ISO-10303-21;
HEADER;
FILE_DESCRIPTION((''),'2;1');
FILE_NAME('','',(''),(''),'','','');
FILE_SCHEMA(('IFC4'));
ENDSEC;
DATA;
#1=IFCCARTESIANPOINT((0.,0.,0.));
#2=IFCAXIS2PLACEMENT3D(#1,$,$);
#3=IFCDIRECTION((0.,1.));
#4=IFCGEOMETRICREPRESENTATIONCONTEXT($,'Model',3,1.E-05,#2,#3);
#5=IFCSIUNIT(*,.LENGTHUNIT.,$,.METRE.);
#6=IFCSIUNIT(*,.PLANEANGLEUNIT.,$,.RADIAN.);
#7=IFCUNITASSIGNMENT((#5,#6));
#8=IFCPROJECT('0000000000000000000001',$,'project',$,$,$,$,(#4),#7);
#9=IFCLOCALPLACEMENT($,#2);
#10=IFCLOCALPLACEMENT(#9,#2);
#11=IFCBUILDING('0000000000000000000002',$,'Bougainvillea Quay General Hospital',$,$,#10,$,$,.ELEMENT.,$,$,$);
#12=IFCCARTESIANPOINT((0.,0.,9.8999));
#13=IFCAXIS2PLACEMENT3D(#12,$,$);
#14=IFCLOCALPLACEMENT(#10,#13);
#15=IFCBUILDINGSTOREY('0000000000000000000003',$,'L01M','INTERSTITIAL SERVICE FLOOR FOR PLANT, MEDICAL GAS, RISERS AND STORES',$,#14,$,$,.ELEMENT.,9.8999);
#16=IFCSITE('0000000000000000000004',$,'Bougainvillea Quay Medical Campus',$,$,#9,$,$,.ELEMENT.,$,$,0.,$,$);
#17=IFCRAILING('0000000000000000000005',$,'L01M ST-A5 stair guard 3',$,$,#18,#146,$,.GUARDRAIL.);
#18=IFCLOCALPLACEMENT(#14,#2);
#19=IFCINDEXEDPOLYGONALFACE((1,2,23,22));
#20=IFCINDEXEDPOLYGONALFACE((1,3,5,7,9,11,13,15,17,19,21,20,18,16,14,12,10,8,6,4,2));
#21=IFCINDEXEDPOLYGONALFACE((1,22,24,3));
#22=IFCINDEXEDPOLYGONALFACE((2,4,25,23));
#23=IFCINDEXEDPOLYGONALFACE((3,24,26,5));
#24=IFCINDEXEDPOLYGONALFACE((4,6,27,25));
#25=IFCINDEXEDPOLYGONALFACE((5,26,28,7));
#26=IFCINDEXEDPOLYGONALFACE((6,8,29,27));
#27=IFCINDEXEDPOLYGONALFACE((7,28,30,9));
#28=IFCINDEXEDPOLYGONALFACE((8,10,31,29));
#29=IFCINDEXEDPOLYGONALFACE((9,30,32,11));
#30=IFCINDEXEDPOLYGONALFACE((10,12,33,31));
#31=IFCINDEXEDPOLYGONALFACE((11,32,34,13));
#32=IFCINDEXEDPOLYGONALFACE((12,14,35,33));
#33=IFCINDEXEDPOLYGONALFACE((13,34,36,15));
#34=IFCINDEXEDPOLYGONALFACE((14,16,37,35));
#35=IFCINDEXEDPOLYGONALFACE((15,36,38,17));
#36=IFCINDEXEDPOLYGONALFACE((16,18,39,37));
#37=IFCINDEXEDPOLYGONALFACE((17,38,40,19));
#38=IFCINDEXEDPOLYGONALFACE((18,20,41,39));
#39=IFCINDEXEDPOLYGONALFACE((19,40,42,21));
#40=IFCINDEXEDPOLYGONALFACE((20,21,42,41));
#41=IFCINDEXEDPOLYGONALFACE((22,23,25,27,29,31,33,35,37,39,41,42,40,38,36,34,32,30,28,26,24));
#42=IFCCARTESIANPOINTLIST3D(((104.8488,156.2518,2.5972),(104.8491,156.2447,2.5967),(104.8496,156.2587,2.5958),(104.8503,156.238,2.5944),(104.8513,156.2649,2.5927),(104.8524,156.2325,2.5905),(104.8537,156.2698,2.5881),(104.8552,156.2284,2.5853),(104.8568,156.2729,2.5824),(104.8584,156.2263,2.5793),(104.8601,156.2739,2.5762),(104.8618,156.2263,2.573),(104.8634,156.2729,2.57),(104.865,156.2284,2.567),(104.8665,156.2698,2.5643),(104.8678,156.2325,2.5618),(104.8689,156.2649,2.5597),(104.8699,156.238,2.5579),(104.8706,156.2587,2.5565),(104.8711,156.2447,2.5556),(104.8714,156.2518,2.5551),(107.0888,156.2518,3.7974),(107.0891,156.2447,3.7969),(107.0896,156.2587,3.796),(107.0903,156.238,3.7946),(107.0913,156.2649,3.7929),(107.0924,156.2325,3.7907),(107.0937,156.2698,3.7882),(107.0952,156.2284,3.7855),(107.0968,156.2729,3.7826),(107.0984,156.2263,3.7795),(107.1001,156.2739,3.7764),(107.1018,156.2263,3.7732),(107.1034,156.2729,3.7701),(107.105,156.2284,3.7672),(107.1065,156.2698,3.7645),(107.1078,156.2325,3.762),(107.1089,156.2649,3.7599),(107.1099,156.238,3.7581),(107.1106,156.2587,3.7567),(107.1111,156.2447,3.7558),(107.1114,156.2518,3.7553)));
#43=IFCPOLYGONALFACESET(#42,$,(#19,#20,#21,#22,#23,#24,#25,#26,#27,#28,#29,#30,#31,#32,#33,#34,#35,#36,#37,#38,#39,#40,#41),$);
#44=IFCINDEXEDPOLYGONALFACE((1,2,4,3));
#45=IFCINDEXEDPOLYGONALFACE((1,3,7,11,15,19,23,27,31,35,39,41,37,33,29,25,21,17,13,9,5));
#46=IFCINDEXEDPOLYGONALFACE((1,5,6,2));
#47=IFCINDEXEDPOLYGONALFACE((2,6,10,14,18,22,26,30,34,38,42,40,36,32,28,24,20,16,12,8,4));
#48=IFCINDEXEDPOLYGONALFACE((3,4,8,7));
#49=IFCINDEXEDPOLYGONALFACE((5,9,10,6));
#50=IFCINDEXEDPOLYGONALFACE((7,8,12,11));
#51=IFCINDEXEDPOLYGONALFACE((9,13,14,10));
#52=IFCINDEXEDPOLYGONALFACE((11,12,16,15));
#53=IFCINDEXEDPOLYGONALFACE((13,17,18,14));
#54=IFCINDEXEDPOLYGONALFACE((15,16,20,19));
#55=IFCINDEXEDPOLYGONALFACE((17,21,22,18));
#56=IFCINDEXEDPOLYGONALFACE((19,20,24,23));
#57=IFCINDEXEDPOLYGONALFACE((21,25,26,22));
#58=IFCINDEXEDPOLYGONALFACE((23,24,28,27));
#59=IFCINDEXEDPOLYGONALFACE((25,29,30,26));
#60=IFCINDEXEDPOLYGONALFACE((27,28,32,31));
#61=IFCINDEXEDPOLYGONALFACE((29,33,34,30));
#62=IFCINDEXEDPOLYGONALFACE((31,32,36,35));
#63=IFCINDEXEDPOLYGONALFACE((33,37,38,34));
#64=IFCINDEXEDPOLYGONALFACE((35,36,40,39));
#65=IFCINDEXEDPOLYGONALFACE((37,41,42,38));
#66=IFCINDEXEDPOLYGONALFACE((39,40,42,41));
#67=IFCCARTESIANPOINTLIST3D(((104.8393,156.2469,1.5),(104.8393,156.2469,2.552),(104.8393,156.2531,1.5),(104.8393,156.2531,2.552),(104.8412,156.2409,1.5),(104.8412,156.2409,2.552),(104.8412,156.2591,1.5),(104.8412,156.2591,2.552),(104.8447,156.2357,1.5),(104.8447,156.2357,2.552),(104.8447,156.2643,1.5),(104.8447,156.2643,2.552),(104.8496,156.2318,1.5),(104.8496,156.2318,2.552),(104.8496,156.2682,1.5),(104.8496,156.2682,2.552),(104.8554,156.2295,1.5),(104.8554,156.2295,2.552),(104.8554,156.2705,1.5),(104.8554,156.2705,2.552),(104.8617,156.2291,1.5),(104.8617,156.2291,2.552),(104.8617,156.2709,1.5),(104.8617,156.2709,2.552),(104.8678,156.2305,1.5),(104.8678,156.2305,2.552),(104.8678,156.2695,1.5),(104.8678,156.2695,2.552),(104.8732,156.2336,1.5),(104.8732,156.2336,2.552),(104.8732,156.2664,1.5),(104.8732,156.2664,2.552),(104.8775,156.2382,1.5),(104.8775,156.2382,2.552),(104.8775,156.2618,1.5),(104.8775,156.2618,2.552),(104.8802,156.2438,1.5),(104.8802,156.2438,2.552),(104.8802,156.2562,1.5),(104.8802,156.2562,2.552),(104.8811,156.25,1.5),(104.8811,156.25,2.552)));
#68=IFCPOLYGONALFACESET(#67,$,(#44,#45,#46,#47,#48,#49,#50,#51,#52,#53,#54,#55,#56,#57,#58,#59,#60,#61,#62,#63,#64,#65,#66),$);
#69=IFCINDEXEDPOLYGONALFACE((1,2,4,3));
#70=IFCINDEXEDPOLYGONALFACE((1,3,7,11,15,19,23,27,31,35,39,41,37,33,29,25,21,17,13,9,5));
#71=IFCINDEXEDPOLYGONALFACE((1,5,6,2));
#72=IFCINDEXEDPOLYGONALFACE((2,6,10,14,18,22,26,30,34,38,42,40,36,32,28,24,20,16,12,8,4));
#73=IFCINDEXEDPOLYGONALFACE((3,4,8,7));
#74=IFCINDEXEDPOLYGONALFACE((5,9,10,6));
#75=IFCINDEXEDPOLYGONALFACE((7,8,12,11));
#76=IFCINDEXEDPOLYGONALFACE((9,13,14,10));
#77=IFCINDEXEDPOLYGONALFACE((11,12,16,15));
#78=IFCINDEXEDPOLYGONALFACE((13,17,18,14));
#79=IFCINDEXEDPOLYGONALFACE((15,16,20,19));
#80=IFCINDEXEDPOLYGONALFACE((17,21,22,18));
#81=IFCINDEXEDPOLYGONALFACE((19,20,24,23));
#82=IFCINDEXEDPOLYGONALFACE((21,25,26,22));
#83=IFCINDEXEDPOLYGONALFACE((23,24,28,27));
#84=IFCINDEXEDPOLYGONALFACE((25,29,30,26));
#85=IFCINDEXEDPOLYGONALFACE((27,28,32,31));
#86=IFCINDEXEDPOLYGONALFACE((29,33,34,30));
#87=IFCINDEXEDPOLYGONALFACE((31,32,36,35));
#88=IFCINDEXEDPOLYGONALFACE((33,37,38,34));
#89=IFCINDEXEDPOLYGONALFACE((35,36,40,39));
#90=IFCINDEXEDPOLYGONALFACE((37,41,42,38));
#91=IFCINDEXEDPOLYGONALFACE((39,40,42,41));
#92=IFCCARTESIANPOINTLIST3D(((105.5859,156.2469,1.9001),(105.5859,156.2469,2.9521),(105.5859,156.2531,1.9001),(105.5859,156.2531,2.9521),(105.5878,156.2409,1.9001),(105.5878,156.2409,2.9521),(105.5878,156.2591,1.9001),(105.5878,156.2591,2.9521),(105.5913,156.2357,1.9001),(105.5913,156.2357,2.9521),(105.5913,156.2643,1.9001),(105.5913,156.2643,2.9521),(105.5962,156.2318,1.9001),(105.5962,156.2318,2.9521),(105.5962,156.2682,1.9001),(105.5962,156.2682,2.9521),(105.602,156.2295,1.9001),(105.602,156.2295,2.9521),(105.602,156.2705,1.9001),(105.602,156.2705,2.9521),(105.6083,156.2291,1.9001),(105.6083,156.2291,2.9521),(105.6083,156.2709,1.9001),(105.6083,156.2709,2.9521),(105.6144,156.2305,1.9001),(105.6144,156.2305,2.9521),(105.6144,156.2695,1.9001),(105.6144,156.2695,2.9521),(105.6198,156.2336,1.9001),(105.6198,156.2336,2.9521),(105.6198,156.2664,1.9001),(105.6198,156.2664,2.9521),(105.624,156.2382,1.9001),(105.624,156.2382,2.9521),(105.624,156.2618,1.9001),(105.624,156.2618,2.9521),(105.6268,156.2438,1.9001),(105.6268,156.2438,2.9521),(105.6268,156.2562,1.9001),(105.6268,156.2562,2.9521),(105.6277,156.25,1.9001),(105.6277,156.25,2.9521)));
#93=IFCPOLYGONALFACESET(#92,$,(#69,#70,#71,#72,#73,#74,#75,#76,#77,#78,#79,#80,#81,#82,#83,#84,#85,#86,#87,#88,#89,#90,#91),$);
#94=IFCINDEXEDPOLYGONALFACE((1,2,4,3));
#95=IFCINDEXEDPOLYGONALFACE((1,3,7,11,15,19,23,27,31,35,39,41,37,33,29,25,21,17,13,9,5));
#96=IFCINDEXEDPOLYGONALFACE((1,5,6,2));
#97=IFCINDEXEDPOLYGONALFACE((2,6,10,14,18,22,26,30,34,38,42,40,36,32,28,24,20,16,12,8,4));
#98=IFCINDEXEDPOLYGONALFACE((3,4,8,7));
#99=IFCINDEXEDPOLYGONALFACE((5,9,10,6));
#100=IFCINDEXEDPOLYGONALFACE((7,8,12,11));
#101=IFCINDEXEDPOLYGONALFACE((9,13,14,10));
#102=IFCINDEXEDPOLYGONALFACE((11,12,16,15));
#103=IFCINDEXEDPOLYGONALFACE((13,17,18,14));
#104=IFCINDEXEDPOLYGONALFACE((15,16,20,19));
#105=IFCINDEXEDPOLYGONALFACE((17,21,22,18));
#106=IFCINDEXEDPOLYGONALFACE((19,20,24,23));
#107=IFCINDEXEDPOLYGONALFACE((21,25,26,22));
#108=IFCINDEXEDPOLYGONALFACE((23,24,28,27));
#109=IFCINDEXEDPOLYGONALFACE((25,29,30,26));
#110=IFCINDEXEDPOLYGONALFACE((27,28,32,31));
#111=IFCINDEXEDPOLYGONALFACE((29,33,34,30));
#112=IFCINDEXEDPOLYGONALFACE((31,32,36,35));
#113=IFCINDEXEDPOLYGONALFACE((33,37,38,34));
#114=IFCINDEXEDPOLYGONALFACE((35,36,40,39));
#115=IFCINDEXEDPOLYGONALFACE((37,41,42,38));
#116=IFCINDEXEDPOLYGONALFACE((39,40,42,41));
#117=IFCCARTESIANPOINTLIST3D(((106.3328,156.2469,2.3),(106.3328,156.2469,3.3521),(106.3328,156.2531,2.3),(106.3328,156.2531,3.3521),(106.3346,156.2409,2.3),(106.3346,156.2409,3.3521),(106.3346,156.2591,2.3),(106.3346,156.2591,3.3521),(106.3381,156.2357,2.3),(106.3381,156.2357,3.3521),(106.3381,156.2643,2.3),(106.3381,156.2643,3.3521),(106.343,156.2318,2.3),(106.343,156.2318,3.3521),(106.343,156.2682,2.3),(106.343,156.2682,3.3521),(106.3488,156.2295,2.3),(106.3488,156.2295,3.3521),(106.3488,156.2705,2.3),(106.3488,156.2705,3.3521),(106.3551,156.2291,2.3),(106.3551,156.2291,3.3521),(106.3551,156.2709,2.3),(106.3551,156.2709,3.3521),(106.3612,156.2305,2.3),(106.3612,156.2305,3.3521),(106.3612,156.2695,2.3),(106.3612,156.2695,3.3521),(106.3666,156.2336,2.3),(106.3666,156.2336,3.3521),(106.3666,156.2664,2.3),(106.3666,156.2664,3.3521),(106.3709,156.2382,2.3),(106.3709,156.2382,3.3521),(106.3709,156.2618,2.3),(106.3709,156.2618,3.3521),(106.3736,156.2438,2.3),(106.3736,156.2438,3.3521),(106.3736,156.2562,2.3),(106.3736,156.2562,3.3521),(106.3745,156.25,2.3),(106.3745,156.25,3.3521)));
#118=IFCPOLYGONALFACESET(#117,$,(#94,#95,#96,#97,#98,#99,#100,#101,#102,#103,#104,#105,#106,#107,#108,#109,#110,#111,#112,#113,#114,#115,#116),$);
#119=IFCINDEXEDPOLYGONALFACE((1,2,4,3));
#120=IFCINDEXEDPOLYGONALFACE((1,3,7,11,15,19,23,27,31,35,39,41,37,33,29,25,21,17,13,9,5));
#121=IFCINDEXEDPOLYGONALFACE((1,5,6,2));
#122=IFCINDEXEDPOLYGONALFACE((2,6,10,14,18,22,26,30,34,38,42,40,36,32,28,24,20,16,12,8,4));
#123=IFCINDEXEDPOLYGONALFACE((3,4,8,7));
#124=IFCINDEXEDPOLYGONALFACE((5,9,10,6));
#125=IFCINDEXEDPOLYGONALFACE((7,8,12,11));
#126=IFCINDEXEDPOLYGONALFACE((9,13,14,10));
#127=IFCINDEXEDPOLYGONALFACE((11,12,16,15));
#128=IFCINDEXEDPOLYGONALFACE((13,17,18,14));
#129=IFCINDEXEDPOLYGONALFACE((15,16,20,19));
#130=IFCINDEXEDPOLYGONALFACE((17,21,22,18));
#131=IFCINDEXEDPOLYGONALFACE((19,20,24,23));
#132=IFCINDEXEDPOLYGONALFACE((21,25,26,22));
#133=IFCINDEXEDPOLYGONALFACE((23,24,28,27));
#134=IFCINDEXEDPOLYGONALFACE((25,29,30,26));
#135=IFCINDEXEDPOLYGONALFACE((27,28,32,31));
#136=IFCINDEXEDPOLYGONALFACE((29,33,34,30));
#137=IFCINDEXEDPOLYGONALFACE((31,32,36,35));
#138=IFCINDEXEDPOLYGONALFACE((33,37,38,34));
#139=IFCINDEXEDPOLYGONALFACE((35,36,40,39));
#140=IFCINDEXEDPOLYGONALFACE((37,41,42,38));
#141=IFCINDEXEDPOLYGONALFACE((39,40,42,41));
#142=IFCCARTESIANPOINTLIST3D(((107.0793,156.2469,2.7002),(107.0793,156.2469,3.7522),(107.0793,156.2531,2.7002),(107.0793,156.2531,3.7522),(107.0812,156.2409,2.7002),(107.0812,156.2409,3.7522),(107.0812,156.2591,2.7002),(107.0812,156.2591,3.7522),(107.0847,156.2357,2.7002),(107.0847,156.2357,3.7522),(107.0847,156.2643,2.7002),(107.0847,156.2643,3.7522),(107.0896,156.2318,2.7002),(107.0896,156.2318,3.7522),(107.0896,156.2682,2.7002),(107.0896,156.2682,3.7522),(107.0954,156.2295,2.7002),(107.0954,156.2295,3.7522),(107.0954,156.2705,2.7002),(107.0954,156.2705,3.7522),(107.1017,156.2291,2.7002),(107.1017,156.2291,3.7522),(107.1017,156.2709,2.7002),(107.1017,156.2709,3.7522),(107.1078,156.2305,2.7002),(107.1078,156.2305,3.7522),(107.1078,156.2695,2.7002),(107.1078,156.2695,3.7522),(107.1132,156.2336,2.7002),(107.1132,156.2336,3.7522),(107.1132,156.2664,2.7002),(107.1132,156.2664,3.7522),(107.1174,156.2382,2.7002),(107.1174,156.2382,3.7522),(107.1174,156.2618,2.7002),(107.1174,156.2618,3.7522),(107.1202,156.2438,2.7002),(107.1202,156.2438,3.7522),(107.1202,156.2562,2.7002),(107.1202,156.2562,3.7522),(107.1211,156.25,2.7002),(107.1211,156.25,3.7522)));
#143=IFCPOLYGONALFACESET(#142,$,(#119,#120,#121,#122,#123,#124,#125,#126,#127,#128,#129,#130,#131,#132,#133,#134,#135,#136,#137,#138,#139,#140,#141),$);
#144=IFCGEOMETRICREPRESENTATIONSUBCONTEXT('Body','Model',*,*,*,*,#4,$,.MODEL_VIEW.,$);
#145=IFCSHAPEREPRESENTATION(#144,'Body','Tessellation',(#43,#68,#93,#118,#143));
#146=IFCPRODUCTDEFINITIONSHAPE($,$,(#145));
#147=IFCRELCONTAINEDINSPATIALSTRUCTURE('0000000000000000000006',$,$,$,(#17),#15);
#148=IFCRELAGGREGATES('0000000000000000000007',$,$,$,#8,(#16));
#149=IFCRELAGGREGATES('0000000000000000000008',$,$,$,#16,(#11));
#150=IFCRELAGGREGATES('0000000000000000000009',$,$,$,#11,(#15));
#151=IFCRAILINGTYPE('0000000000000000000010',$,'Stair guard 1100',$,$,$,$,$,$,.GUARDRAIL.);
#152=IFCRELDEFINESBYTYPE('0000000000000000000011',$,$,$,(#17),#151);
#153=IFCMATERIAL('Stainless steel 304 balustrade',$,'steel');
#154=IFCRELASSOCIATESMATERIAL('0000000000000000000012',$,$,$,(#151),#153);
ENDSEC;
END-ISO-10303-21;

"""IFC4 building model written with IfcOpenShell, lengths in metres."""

from ifc_helpers import new_model, si_unit, direction, frame, origin, origin_2d, place, context, subcontext, project, spatial, circle, extrude, material, type_object, element, save


model = new_model("IFC4")

# Units and contexts
model_context = context("Model", 3, precision=1e-05, world=origin(), true_north=direction((0.0, 1.0)))
body_context = subcontext(model_context, "Body", "Model", "MODEL_VIEW")
ifc_project = project(units=[si_unit("LENGTHUNIT", "METRE"), si_unit("PLANEANGLEUNIT", "RADIAN")], contexts=[model_context])

# Site, building, storey
site_placement = place(None, origin())
site = spatial("IfcSite", under=ifc_project, at=site_placement, Name="Bougainvillea Quay Medical Campus", CompositionType="ELEMENT", RefElevation=0.0)
building_placement = place(site_placement, origin())
building = spatial("IfcBuilding", under=site, at=building_placement, Name="Bougainvillea Quay General Hospital", CompositionType="ELEMENT")
storey_placement = place(building_placement, frame((0.0, 0.0, 9.8999)))
storey = spatial("IfcBuildingStorey", under=building, at=storey_placement, Name="L01M", Description="INTERSTITIAL SERVICE FLOOR FOR PLANT, MEDICAL GAS, RISERS AND STORES", CompositionType="ELEMENT", Elevation=9.8999)

# Railing
ifc_material_1 = material(Name="Stainless steel 304 balustrade", Category="steel")
railing_type_1 = type_object("IfcRailingType", Name="Stair guard 1100", PredefinedType="GUARDRAIL", material=ifc_material_1)
railing_1_placement = place(storey_placement, frame((104.8601, 156.25, 1.5)))
element("IfcRailing", 1, at=railing_1_placement, inside=storey, type_object=railing_type_1, Name="L01M ST-A5 stair guard 3", PredefinedType="GUARDRAIL", context=body_context, shape_type="SweptSolid", body=[
    extrude(circle(Radius=0.0239, at=origin_2d()), frame((0.0, 0.0, 1.0762), z_axis=(0.881447, 0.0, 0.472283), x_axis=(0.0, 1.0, 0.0)), (0.0, 0.0, 1.0), 2.5413),
    extrude(circle(Radius=0.021, at=origin_2d()), origin(), (0.0, 0.0, 1.0), 1.052),
    extrude(circle(Radius=0.021, at=origin_2d()), frame((0.7466, 0.0, 0.4001)), (0.0, 0.0, 1.0), 1.052),
    extrude(circle(Radius=0.021, at=origin_2d()), frame((1.4934, 0.0, 0.8)), (0.0, 0.0, 1.0), 1.052),
    extrude(circle(Radius=0.021, at=origin_2d()), frame((2.24, 0.0, 1.2002)), (0.0, 0.0, 1.0), 1.052),
])

save(model, "model.ifc")
